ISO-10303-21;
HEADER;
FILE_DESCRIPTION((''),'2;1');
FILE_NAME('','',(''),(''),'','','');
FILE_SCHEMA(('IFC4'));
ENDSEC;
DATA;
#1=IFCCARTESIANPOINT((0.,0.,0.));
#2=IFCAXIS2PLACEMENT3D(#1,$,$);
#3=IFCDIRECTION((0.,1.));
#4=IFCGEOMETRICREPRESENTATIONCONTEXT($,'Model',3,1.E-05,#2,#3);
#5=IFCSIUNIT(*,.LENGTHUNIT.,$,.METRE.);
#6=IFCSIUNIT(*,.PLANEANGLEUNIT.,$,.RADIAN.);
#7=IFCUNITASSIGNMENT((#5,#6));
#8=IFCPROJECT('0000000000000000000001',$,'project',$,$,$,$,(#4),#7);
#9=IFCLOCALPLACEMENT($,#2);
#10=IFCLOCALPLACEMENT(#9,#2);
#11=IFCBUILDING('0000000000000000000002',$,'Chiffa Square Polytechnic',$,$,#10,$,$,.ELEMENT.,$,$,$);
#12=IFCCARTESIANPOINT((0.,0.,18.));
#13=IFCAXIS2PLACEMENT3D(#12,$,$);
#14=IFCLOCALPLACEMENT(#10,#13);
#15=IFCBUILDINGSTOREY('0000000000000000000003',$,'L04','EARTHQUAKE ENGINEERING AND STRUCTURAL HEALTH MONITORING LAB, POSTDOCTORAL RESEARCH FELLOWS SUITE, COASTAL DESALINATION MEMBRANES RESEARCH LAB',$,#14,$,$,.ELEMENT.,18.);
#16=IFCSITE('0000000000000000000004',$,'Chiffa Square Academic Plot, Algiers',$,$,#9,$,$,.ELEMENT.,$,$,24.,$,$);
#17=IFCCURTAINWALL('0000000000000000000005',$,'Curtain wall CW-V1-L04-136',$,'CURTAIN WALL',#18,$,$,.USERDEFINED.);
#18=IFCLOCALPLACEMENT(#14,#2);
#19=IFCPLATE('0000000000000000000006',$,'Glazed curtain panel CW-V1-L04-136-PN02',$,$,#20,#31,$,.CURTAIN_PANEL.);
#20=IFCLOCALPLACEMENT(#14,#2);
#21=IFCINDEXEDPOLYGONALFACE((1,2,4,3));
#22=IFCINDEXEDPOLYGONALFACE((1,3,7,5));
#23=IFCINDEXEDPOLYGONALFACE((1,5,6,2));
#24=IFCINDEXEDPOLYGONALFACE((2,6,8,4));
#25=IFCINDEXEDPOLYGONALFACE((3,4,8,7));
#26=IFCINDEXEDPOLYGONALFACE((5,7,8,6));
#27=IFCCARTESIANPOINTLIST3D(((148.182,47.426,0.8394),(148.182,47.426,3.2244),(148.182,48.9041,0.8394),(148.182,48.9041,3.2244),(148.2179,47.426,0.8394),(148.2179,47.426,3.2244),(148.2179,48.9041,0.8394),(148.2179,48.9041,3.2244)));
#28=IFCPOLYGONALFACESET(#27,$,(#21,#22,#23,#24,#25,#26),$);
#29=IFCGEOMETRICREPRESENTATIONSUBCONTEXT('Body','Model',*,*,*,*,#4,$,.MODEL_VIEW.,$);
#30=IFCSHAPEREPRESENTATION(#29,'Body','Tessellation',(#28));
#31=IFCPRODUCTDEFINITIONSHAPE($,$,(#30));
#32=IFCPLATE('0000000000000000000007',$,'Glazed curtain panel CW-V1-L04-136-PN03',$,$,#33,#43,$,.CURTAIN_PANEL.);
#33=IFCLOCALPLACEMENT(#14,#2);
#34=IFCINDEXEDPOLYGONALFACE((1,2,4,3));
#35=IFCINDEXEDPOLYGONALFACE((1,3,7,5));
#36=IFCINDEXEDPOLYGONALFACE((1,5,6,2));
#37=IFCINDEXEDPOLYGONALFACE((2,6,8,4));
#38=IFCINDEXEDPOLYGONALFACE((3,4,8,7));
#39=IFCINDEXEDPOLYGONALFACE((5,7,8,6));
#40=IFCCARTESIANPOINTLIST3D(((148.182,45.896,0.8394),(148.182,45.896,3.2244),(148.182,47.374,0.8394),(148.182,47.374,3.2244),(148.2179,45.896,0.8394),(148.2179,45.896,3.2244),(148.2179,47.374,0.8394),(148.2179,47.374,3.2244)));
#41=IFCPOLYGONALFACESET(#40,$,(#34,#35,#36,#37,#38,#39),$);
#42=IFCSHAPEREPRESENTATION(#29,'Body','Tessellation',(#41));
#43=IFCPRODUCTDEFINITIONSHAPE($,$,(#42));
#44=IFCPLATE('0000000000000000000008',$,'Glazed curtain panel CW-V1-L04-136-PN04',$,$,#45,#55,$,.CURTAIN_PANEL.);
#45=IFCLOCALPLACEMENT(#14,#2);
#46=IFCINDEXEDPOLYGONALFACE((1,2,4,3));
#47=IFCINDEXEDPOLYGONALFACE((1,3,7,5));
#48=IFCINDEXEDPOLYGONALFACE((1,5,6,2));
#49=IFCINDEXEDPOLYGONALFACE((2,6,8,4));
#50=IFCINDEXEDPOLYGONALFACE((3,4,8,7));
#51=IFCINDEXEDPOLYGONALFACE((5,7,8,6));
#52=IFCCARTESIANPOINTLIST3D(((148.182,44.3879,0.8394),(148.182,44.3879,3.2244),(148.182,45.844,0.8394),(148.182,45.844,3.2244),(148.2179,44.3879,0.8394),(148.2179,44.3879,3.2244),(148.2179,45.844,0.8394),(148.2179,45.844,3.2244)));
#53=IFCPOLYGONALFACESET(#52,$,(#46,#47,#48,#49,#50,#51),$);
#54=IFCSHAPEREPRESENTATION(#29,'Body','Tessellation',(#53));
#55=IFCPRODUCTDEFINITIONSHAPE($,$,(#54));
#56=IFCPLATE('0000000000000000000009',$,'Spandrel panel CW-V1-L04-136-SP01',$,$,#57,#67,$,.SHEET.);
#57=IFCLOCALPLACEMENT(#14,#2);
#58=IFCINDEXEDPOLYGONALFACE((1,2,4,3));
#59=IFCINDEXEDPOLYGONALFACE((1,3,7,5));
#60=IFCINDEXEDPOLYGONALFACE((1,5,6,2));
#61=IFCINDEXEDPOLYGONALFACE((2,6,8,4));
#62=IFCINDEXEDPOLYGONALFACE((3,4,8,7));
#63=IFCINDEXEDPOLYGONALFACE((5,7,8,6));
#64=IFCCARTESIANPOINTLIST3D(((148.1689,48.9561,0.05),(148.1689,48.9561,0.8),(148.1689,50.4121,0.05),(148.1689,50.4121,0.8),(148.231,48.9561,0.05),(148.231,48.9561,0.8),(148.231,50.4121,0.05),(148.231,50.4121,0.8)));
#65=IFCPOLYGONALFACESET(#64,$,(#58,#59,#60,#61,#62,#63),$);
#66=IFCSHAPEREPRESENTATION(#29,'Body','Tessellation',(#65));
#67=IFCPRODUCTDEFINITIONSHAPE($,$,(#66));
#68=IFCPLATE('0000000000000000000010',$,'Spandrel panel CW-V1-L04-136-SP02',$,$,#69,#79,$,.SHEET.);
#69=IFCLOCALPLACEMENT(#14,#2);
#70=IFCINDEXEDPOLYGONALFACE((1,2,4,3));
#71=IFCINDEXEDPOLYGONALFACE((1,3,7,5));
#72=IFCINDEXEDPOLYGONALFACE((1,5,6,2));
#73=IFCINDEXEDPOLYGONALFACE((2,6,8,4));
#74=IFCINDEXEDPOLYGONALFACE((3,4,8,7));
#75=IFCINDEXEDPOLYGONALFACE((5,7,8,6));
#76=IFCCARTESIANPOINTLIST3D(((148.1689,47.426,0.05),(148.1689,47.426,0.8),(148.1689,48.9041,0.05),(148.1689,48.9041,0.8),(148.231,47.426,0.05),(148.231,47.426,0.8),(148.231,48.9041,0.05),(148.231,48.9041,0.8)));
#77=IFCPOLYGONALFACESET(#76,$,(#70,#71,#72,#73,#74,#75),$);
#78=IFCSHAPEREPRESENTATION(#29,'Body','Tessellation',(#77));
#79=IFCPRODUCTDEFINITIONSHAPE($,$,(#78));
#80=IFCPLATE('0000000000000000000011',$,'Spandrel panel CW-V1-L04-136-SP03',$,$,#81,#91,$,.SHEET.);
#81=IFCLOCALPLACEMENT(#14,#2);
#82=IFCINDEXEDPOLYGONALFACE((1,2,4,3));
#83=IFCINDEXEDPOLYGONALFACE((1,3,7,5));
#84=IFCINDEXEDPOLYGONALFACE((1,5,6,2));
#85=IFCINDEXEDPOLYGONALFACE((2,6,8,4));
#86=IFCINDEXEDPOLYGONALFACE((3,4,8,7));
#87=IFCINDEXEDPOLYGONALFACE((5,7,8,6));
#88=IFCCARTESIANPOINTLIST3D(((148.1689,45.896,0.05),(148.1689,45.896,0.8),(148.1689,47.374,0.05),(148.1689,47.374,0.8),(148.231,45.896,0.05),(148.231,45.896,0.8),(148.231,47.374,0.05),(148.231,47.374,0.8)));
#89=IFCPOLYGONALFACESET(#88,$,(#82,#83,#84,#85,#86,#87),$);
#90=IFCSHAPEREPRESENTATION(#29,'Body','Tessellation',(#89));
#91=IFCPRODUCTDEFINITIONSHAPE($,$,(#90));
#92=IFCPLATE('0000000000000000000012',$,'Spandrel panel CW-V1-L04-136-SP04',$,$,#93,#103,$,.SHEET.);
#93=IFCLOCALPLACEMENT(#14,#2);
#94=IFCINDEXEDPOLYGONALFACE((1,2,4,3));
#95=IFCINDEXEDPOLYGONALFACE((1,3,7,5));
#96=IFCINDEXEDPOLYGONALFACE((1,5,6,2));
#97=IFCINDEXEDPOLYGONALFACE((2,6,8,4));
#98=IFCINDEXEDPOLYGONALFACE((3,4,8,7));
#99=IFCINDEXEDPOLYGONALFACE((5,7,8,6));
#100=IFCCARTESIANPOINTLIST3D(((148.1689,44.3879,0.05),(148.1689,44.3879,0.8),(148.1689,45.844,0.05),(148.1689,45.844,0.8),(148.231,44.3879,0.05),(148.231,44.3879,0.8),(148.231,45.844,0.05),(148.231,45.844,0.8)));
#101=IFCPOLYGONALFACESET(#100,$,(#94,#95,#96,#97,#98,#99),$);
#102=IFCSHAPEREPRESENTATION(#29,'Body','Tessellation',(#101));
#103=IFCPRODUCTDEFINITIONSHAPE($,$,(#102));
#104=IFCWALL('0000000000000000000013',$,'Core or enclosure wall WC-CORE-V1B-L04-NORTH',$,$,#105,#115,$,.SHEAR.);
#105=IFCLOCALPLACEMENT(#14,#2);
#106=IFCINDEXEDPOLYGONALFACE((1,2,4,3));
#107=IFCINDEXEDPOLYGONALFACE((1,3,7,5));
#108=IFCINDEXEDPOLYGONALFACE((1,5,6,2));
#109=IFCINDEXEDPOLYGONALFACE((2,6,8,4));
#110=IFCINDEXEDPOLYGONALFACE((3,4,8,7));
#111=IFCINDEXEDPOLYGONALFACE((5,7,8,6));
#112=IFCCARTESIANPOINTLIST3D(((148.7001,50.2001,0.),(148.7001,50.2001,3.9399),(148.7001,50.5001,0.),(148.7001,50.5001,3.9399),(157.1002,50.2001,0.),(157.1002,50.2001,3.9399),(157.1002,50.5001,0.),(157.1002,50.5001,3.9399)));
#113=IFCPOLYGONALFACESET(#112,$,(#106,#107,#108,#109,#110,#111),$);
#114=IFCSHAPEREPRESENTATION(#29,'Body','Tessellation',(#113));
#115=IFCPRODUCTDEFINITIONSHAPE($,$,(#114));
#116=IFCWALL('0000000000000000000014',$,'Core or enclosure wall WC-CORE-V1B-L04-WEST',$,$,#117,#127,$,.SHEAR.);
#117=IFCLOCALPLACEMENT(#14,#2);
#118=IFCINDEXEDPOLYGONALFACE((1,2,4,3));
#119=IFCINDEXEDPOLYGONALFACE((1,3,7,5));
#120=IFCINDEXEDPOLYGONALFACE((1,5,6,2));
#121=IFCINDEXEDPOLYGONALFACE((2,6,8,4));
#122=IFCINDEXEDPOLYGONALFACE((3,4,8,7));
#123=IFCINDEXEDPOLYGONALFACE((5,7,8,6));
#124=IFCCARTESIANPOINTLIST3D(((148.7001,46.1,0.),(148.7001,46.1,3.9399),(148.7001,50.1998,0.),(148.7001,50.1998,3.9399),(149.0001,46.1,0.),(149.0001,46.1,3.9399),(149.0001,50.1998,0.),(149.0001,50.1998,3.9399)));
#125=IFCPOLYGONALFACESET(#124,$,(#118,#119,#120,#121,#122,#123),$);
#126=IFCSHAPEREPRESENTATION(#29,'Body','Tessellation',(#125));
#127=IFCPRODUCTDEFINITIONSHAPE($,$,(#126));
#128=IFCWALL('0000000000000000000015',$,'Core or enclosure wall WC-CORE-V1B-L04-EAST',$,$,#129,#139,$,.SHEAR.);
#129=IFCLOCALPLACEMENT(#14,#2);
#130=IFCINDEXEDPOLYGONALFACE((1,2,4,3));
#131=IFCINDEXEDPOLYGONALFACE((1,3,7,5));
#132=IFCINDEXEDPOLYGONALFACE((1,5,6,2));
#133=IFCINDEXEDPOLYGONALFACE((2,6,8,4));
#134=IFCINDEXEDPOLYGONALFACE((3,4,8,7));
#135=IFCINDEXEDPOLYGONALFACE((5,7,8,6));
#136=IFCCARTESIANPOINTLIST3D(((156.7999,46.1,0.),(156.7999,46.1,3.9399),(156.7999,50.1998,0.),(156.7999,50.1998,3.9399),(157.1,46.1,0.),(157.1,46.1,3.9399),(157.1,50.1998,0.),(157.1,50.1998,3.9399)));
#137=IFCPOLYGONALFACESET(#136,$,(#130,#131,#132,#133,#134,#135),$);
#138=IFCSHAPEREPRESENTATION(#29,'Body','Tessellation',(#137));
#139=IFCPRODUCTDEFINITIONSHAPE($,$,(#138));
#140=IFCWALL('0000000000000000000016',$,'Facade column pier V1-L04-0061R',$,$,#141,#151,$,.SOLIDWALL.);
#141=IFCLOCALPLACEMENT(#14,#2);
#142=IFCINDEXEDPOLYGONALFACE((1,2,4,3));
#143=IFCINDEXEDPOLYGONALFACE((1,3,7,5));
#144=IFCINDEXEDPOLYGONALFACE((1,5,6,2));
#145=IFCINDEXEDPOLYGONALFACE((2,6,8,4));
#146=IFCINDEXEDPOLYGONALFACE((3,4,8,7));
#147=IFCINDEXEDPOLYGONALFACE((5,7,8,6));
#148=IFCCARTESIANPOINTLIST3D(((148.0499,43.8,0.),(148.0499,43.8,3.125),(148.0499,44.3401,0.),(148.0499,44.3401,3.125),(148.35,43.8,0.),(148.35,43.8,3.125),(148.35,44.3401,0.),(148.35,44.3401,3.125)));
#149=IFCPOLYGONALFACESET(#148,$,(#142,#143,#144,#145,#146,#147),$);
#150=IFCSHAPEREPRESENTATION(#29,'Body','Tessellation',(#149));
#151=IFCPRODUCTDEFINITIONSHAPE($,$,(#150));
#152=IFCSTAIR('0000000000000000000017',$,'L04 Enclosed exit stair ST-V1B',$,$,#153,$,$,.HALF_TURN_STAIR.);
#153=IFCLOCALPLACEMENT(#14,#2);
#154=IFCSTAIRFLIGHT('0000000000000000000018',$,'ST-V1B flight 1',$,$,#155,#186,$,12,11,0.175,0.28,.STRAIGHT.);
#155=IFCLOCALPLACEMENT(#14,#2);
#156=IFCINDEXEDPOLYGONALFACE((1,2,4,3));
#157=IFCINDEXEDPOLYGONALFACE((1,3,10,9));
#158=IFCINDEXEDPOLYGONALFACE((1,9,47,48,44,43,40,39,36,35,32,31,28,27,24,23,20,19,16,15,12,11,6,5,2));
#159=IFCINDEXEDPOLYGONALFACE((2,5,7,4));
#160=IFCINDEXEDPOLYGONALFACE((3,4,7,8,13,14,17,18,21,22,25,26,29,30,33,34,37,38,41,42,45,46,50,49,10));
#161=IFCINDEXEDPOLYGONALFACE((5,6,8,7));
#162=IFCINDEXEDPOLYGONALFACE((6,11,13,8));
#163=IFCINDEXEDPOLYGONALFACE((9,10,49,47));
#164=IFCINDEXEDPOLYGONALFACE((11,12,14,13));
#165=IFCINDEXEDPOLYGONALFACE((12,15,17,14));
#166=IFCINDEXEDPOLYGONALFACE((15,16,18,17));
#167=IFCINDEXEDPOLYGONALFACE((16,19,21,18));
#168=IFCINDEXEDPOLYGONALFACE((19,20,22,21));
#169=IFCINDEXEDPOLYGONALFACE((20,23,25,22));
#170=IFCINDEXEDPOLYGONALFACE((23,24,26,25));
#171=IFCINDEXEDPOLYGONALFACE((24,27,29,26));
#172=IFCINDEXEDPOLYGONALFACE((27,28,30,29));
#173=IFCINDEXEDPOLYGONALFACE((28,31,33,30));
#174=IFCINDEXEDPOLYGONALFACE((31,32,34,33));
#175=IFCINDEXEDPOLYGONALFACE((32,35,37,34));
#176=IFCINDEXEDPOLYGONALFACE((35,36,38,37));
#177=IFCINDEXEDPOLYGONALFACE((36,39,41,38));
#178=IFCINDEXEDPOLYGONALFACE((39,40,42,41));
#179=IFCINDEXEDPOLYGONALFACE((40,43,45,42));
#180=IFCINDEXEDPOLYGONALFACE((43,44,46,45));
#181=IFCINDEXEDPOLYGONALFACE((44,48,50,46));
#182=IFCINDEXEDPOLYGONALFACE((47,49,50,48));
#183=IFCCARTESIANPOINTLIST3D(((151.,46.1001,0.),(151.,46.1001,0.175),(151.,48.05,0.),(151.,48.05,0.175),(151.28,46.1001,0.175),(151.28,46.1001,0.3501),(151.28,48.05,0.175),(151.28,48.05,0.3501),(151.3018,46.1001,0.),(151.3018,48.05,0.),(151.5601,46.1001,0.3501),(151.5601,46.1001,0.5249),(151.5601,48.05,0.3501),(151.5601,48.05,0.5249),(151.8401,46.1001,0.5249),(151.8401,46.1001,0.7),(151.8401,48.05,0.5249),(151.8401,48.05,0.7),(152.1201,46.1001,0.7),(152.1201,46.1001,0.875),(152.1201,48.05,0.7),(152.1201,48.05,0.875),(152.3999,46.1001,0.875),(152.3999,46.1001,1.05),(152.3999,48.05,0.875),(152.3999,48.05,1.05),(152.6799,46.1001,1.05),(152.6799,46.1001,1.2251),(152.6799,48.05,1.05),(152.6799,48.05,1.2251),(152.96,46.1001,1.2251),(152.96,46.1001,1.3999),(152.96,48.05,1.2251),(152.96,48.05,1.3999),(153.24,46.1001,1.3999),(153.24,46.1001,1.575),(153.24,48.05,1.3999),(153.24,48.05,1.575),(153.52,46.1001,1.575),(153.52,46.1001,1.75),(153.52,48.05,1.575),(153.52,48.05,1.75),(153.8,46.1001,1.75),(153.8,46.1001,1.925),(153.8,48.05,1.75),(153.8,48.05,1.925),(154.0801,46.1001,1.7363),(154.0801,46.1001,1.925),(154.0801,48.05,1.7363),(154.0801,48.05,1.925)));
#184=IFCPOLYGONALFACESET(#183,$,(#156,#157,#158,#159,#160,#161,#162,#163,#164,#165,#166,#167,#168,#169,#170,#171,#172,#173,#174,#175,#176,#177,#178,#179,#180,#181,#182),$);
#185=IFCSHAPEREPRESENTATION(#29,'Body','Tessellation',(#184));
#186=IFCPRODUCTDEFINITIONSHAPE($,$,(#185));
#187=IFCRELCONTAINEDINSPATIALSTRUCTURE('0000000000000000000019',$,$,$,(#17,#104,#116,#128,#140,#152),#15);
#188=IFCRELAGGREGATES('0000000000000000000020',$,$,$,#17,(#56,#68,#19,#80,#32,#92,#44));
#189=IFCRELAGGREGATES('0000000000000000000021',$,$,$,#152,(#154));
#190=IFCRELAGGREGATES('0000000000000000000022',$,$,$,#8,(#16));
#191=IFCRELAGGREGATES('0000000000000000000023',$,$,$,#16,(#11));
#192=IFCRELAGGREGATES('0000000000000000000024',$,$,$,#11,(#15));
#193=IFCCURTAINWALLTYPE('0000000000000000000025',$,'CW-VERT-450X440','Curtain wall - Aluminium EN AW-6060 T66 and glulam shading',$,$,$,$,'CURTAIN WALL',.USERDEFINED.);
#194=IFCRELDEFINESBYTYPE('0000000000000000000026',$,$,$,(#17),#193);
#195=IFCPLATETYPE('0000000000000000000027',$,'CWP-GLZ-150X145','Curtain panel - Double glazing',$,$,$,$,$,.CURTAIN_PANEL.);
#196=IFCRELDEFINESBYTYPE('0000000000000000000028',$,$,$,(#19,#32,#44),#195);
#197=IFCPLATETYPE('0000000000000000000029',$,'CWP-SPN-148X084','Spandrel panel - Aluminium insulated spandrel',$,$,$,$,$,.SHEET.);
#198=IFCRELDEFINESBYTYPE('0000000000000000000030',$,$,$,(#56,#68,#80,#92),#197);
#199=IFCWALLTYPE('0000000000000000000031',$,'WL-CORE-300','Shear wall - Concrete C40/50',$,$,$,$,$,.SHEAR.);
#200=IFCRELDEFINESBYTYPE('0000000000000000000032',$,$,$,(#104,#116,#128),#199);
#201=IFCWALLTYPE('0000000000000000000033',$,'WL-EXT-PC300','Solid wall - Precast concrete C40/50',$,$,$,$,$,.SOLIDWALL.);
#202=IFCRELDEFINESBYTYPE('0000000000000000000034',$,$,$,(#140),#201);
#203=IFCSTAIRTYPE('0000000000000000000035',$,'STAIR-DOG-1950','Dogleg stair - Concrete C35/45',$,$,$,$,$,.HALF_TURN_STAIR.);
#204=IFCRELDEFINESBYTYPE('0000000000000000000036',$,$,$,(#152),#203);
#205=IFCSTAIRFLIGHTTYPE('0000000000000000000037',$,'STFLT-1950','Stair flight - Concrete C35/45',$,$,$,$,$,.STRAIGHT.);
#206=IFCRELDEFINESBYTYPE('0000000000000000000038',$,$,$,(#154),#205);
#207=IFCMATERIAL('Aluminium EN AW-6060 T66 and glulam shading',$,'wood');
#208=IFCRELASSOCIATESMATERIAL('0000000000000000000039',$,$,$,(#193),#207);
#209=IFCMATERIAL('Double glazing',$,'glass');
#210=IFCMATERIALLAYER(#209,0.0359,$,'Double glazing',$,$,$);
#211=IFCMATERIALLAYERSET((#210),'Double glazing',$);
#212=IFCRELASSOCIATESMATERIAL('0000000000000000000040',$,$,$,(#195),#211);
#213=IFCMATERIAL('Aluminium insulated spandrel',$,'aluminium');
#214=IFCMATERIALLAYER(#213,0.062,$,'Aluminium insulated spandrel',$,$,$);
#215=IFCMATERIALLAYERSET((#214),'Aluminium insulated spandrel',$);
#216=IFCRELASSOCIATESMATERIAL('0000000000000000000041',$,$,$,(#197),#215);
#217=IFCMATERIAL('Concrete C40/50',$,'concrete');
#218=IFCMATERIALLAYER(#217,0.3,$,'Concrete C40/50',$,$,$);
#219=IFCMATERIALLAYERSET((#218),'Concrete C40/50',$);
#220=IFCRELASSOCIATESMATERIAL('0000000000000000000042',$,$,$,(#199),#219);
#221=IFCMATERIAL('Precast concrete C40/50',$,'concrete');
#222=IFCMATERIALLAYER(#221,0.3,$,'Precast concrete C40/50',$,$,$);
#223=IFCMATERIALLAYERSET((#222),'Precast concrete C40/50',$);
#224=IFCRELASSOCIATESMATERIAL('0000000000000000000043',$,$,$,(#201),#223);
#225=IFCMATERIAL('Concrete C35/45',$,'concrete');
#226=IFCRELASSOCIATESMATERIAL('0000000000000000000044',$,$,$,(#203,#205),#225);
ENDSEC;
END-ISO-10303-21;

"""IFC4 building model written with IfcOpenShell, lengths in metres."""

from ifc_helpers import new_model, si_unit, direction, frame, frame_2d, origin, origin_2d, place, context, subcontext, project, spatial, polyline, rectangle, outline, extrude, material, layer, layer_set, type_object, element, aggregate, save


model = new_model("IFC4")

# Units and contexts
model_context = context("Model", 3, precision=1e-05, world=origin(), true_north=direction((0.0, 1.0)))
body_context = subcontext(model_context, "Body", "Model", "MODEL_VIEW")
ifc_project = project(units=[si_unit("LENGTHUNIT", "METRE"), si_unit("PLANEANGLEUNIT", "RADIAN")], contexts=[model_context])

# Site, building, storey
site_placement = place(None, origin())
site = spatial("IfcSite", under=ifc_project, at=site_placement, Name="Chiffa Square Academic Plot, Algiers", CompositionType="ELEMENT", RefElevation=24.0)
building_placement = place(site_placement, origin())
building = spatial("IfcBuilding", under=site, at=building_placement, Name="Chiffa Square Polytechnic", CompositionType="ELEMENT")
storey_placement = place(building_placement, frame((0.0, 0.0, 18.0)))
storey = spatial("IfcBuildingStorey", under=building, at=storey_placement, Name="L04", Description="EARTHQUAKE ENGINEERING AND STRUCTURAL HEALTH MONITORING LAB, POSTDOCTORAL RESEARCH FELLOWS SUITE, COASTAL DESALINATION MEMBRANES RESEARCH LAB", CompositionType="ELEMENT", Elevation=18.0)

# Shared definitions
ifc_material_1 = material(Name="Concrete C35/45", Category="concrete")

# Shared definitions
ifc_material_2 = material(Name="Concrete C40/50", Category="concrete")

# Curtain wall, plates
ifc_material_3 = material(Name="Aluminium EN AW-6060 T66 and glulam shading", Category="wood")
curtain_wall_type = type_object("IfcCurtainWallType", Name="CW-VERT-450X440", Description="Curtain wall - Aluminium EN AW-6060 T66 and glulam shading", ElementType="CURTAIN WALL", PredefinedType="USERDEFINED", material=ifc_material_3)
curtain_wall_placement = place(storey_placement, origin())
curtain_wall = element("IfcCurtainWall", 1, at=curtain_wall_placement, inside=storey, type_object=curtain_wall_type, Name="Curtain wall CW-V1-L04-136", ObjectType="CURTAIN WALL", PredefinedType="USERDEFINED")
ifc_material_4 = material(Name="Double glazing", Category="glass")
ifc_layer_1 = layer(ifc_material_4, 0.0359, Name="Double glazing")
ifc_layer_set_1 = layer_set([ifc_layer_1], Name="Double glazing")
plate_type_1 = type_object("IfcPlateType", Name="CWP-GLZ-150X145", Description="Curtain panel - Double glazing", PredefinedType="CURTAIN_PANEL", material=ifc_layer_set_1)
plate_1_placement = place(storey_placement, frame((148.2, 48.165, 0.8394), z_axis=(0.0, 0.0, 1.0), x_axis=(0.0, -1.0, 0.0)))
plate_1 = element("IfcPlate", 2, at=plate_1_placement, type_object=plate_type_1, Name="Glazed curtain panel CW-V1-L04-136-PN02", PredefinedType="CURTAIN_PANEL", context=body_context, shape_type="SweptSolid", body=[
    extrude(rectangle(XDim=1.478, YDim=0.0359, at=origin_2d()), origin(), (0.0, 0.0, 1.0), 2.385),
])
plate_2_placement = place(storey_placement, frame((148.2, 46.635, 0.8394), z_axis=(0.0, 0.0, 1.0), x_axis=(0.0, -1.0, 0.0)))
plate_2 = element("IfcPlate", 3, at=plate_2_placement, type_object=plate_type_1, Name="Glazed curtain panel CW-V1-L04-136-PN03", PredefinedType="CURTAIN_PANEL", context=body_context, shape_type="SweptSolid", body=[
    extrude(rectangle(XDim=1.478, YDim=0.0359, at=origin_2d()), origin(), (0.0, 0.0, 1.0), 2.385),
])
plate_3_placement = place(storey_placement, frame((148.2, 45.116, 0.8394), z_axis=(0.0, 0.0, 1.0), x_axis=(0.0, -1.0, 0.0)))
plate_3 = element("IfcPlate", 4, at=plate_3_placement, type_object=plate_type_1, Name="Glazed curtain panel CW-V1-L04-136-PN04", PredefinedType="CURTAIN_PANEL", context=body_context, shape_type="SweptSolid", body=[
    extrude(rectangle(XDim=1.4561, YDim=0.0359, at=origin_2d()), origin(), (0.0, 0.0, 1.0), 2.385),
])
ifc_material_5 = material(Name="Aluminium insulated spandrel", Category="aluminium")
ifc_layer_2 = layer(ifc_material_5, 0.062, Name="Aluminium insulated spandrel")
ifc_layer_set_2 = layer_set([ifc_layer_2], Name="Aluminium insulated spandrel")
plate_type_2 = type_object("IfcPlateType", Name="CWP-SPN-148X084", Description="Spandrel panel - Aluminium insulated spandrel", PredefinedType="SHEET", material=ifc_layer_set_2)
plate_4_placement = place(storey_placement, frame((148.2, 49.6841, 0.05), z_axis=(0.0, 0.0, 1.0), x_axis=(0.0, -1.0, 0.0)))
plate_4 = element("IfcPlate", 5, at=plate_4_placement, type_object=plate_type_2, Name="Spandrel panel CW-V1-L04-136-SP01", PredefinedType="SHEET", context=body_context, shape_type="SweptSolid", body=[
    extrude(rectangle(XDim=1.4561, YDim=0.062, at=origin_2d()), origin(), (0.0, 0.0, 1.0), 0.75),
])
plate_5_placement = place(storey_placement, frame((148.2, 48.165, 0.05), z_axis=(0.0, 0.0, 1.0), x_axis=(0.0, -1.0, 0.0)))
plate_5 = element("IfcPlate", 6, at=plate_5_placement, type_object=plate_type_2, Name="Spandrel panel CW-V1-L04-136-SP02", PredefinedType="SHEET", context=body_context, shape_type="SweptSolid", body=[
    extrude(rectangle(XDim=1.478, YDim=0.062, at=origin_2d()), origin(), (0.0, 0.0, 1.0), 0.75),
])
plate_6_placement = place(storey_placement, frame((148.2, 46.635, 0.05), z_axis=(0.0, 0.0, 1.0), x_axis=(0.0, -1.0, 0.0)))
plate_6 = element("IfcPlate", 7, at=plate_6_placement, type_object=plate_type_2, Name="Spandrel panel CW-V1-L04-136-SP03", PredefinedType="SHEET", context=body_context, shape_type="SweptSolid", body=[
    extrude(rectangle(XDim=1.478, YDim=0.062, at=origin_2d()), origin(), (0.0, 0.0, 1.0), 0.75),
])
plate_7_placement = place(storey_placement, frame((148.2, 45.116, 0.05), z_axis=(0.0, 0.0, 1.0), x_axis=(0.0, -1.0, 0.0)))
plate_7 = element("IfcPlate", 8, at=plate_7_placement, type_object=plate_type_2, Name="Spandrel panel CW-V1-L04-136-SP04", PredefinedType="SHEET", context=body_context, shape_type="SweptSolid", body=[
    extrude(rectangle(XDim=1.4561, YDim=0.062, at=origin_2d()), origin(), (0.0, 0.0, 1.0), 0.75),
])
aggregate(curtain_wall, [plate_4, plate_5, plate_1, plate_6, plate_2, plate_7, plate_3])

# Shared definitions
ifc_layer_3 = layer(ifc_material_2, 0.3, Name="Concrete C40/50")
ifc_layer_set_3 = layer_set([ifc_layer_3], Name="Concrete C40/50")
wall_type_1 = type_object("IfcWallType", Name="WL-CORE-300", Description="Shear wall - Concrete C40/50", PredefinedType="SHEAR", material=ifc_layer_set_3)

# Walls
wall_1_placement = place(storey_placement, frame((148.7, 50.3501, 0.0), z_axis=(0.0, 0.0, 1.0), x_axis=(1.0, 0.0, 0.0)))
element("IfcWall", 9, at=wall_1_placement, inside=storey, type_object=wall_type_1, Name="Core or enclosure wall WC-CORE-V1B-L04-NORTH", PredefinedType="SHEAR", context=body_context, shape_type="SweptSolid", body=[
    extrude(rectangle(XDim=8.4001, YDim=0.3, at=frame_2d((4.2002, 0.0))), origin(), (0.0, 0.0, 1.0), 3.9399),
])
for number, where, z_axis, x_axis, name in (
    (10, (148.8501, 46.1001, 0.0), (0.0, 0.0, 1.0), (0.0, 1.0, 0.0), "Core or enclosure wall WC-CORE-V1B-L04-WEST"),
    (11, (156.95, 46.1001, 0.0), (0.0, 0.0, 1.0), (0.0, 1.0, 0.0), "Core or enclosure wall WC-CORE-V1B-L04-EAST"),
):
    element("IfcWall", number, at=place(storey_placement, frame(where, z_axis=z_axis, x_axis=x_axis)), inside=storey, type_object=wall_type_1, Name=name, PredefinedType="SHEAR", context=body_context, shape_type="SweptSolid", body=[
        extrude(rectangle(XDim=4.0999, YDim=0.3, at=frame_2d((2.0498, 0.0))), origin(), (0.0, 0.0, 1.0), 3.9399),
    ])
ifc_material_6 = material(Name="Precast concrete C40/50", Category="concrete")
ifc_layer_4 = layer(ifc_material_6, 0.3, Name="Precast concrete C40/50")
ifc_layer_set_4 = layer_set([ifc_layer_4], Name="Precast concrete C40/50")
wall_type_2 = type_object("IfcWallType", Name="WL-EXT-PC300", Description="Solid wall - Precast concrete C40/50", PredefinedType="SOLIDWALL", material=ifc_layer_set_4)
wall_2_placement = place(storey_placement, frame((148.2, 44.3401, 0.0), z_axis=(0.0, 0.0, 1.0), x_axis=(0.0, -1.0, 0.0)))
element("IfcWall", 12, at=wall_2_placement, inside=storey, type_object=wall_type_2, Name="Facade column pier V1-L04-0061R", PredefinedType="SOLIDWALL", context=body_context, shape_type="SweptSolid", body=[
    extrude(rectangle(XDim=0.54, YDim=0.3, at=frame_2d((0.27, 0.0))), origin(), (0.0, 0.0, 1.0), 3.125),
])

# Stair, stair flight
stair_type = type_object("IfcStairType", Name="STAIR-DOG-1950", Description="Dogleg stair - Concrete C35/45", PredefinedType="HALF_TURN_STAIR", material=ifc_material_1)
stair_placement = place(storey_placement, origin())
stair = element("IfcStair", 13, at=stair_placement, inside=storey, type_object=stair_type, Name="L04 Enclosed exit stair ST-V1B", PredefinedType="HALF_TURN_STAIR")
stair_flight_type = type_object("IfcStairFlightType", Name="STFLT-1950", Description="Stair flight - Concrete C35/45", PredefinedType="STRAIGHT", material=ifc_material_1)
stair_flight_1_placement = place(storey_placement, frame((151.0, 47.075, 0.0), z_axis=(0.0, 0.0, 1.0), x_axis=(1.0, 0.0, 0.0)))
stair_flight_1 = element("IfcStairFlight", 14, at=stair_flight_1_placement, type_object=stair_flight_type, Name="ST-V1B flight 1", NumberOfRisers=12, NumberOfTreads=11, PredefinedType="STRAIGHT", RiserHeight=0.175, TreadLength=0.28, context=body_context, shape_type="SweptSolid", body=[
    extrude(outline(polyline([(0.0, 0.0), (0.0, 0.175), (0.28, 0.175), (0.28, 0.3501), (0.5601, 0.3501), (0.5601, 0.5249), (0.8401, 0.5249), (0.8401, 0.7), (1.1201, 0.7), (1.1201, 0.875), (1.3999, 0.875), (1.3999, 1.05), (1.6799, 1.05), (1.6799, 1.2251), (1.96, 1.2251), (1.96, 1.3999), (2.24, 1.3999), (2.24, 1.575), (2.52, 1.575), (2.52, 1.75), (2.8, 1.75), (2.8, 1.925), (3.0801, 1.925), (3.0801, 2.1001), (3.0801, 1.7363), (0.3018, 0.0), (0.0, 0.0)])), frame((0.0, 0.9751, 0.0), z_axis=(0.0, -1.0, 0.0), x_axis=(1.0, 0.0, 0.0)), (0.0, 0.0, 1.0), 1.95),
])
aggregate(stair, [stair_flight_1])

save(model, "model.ifc")
